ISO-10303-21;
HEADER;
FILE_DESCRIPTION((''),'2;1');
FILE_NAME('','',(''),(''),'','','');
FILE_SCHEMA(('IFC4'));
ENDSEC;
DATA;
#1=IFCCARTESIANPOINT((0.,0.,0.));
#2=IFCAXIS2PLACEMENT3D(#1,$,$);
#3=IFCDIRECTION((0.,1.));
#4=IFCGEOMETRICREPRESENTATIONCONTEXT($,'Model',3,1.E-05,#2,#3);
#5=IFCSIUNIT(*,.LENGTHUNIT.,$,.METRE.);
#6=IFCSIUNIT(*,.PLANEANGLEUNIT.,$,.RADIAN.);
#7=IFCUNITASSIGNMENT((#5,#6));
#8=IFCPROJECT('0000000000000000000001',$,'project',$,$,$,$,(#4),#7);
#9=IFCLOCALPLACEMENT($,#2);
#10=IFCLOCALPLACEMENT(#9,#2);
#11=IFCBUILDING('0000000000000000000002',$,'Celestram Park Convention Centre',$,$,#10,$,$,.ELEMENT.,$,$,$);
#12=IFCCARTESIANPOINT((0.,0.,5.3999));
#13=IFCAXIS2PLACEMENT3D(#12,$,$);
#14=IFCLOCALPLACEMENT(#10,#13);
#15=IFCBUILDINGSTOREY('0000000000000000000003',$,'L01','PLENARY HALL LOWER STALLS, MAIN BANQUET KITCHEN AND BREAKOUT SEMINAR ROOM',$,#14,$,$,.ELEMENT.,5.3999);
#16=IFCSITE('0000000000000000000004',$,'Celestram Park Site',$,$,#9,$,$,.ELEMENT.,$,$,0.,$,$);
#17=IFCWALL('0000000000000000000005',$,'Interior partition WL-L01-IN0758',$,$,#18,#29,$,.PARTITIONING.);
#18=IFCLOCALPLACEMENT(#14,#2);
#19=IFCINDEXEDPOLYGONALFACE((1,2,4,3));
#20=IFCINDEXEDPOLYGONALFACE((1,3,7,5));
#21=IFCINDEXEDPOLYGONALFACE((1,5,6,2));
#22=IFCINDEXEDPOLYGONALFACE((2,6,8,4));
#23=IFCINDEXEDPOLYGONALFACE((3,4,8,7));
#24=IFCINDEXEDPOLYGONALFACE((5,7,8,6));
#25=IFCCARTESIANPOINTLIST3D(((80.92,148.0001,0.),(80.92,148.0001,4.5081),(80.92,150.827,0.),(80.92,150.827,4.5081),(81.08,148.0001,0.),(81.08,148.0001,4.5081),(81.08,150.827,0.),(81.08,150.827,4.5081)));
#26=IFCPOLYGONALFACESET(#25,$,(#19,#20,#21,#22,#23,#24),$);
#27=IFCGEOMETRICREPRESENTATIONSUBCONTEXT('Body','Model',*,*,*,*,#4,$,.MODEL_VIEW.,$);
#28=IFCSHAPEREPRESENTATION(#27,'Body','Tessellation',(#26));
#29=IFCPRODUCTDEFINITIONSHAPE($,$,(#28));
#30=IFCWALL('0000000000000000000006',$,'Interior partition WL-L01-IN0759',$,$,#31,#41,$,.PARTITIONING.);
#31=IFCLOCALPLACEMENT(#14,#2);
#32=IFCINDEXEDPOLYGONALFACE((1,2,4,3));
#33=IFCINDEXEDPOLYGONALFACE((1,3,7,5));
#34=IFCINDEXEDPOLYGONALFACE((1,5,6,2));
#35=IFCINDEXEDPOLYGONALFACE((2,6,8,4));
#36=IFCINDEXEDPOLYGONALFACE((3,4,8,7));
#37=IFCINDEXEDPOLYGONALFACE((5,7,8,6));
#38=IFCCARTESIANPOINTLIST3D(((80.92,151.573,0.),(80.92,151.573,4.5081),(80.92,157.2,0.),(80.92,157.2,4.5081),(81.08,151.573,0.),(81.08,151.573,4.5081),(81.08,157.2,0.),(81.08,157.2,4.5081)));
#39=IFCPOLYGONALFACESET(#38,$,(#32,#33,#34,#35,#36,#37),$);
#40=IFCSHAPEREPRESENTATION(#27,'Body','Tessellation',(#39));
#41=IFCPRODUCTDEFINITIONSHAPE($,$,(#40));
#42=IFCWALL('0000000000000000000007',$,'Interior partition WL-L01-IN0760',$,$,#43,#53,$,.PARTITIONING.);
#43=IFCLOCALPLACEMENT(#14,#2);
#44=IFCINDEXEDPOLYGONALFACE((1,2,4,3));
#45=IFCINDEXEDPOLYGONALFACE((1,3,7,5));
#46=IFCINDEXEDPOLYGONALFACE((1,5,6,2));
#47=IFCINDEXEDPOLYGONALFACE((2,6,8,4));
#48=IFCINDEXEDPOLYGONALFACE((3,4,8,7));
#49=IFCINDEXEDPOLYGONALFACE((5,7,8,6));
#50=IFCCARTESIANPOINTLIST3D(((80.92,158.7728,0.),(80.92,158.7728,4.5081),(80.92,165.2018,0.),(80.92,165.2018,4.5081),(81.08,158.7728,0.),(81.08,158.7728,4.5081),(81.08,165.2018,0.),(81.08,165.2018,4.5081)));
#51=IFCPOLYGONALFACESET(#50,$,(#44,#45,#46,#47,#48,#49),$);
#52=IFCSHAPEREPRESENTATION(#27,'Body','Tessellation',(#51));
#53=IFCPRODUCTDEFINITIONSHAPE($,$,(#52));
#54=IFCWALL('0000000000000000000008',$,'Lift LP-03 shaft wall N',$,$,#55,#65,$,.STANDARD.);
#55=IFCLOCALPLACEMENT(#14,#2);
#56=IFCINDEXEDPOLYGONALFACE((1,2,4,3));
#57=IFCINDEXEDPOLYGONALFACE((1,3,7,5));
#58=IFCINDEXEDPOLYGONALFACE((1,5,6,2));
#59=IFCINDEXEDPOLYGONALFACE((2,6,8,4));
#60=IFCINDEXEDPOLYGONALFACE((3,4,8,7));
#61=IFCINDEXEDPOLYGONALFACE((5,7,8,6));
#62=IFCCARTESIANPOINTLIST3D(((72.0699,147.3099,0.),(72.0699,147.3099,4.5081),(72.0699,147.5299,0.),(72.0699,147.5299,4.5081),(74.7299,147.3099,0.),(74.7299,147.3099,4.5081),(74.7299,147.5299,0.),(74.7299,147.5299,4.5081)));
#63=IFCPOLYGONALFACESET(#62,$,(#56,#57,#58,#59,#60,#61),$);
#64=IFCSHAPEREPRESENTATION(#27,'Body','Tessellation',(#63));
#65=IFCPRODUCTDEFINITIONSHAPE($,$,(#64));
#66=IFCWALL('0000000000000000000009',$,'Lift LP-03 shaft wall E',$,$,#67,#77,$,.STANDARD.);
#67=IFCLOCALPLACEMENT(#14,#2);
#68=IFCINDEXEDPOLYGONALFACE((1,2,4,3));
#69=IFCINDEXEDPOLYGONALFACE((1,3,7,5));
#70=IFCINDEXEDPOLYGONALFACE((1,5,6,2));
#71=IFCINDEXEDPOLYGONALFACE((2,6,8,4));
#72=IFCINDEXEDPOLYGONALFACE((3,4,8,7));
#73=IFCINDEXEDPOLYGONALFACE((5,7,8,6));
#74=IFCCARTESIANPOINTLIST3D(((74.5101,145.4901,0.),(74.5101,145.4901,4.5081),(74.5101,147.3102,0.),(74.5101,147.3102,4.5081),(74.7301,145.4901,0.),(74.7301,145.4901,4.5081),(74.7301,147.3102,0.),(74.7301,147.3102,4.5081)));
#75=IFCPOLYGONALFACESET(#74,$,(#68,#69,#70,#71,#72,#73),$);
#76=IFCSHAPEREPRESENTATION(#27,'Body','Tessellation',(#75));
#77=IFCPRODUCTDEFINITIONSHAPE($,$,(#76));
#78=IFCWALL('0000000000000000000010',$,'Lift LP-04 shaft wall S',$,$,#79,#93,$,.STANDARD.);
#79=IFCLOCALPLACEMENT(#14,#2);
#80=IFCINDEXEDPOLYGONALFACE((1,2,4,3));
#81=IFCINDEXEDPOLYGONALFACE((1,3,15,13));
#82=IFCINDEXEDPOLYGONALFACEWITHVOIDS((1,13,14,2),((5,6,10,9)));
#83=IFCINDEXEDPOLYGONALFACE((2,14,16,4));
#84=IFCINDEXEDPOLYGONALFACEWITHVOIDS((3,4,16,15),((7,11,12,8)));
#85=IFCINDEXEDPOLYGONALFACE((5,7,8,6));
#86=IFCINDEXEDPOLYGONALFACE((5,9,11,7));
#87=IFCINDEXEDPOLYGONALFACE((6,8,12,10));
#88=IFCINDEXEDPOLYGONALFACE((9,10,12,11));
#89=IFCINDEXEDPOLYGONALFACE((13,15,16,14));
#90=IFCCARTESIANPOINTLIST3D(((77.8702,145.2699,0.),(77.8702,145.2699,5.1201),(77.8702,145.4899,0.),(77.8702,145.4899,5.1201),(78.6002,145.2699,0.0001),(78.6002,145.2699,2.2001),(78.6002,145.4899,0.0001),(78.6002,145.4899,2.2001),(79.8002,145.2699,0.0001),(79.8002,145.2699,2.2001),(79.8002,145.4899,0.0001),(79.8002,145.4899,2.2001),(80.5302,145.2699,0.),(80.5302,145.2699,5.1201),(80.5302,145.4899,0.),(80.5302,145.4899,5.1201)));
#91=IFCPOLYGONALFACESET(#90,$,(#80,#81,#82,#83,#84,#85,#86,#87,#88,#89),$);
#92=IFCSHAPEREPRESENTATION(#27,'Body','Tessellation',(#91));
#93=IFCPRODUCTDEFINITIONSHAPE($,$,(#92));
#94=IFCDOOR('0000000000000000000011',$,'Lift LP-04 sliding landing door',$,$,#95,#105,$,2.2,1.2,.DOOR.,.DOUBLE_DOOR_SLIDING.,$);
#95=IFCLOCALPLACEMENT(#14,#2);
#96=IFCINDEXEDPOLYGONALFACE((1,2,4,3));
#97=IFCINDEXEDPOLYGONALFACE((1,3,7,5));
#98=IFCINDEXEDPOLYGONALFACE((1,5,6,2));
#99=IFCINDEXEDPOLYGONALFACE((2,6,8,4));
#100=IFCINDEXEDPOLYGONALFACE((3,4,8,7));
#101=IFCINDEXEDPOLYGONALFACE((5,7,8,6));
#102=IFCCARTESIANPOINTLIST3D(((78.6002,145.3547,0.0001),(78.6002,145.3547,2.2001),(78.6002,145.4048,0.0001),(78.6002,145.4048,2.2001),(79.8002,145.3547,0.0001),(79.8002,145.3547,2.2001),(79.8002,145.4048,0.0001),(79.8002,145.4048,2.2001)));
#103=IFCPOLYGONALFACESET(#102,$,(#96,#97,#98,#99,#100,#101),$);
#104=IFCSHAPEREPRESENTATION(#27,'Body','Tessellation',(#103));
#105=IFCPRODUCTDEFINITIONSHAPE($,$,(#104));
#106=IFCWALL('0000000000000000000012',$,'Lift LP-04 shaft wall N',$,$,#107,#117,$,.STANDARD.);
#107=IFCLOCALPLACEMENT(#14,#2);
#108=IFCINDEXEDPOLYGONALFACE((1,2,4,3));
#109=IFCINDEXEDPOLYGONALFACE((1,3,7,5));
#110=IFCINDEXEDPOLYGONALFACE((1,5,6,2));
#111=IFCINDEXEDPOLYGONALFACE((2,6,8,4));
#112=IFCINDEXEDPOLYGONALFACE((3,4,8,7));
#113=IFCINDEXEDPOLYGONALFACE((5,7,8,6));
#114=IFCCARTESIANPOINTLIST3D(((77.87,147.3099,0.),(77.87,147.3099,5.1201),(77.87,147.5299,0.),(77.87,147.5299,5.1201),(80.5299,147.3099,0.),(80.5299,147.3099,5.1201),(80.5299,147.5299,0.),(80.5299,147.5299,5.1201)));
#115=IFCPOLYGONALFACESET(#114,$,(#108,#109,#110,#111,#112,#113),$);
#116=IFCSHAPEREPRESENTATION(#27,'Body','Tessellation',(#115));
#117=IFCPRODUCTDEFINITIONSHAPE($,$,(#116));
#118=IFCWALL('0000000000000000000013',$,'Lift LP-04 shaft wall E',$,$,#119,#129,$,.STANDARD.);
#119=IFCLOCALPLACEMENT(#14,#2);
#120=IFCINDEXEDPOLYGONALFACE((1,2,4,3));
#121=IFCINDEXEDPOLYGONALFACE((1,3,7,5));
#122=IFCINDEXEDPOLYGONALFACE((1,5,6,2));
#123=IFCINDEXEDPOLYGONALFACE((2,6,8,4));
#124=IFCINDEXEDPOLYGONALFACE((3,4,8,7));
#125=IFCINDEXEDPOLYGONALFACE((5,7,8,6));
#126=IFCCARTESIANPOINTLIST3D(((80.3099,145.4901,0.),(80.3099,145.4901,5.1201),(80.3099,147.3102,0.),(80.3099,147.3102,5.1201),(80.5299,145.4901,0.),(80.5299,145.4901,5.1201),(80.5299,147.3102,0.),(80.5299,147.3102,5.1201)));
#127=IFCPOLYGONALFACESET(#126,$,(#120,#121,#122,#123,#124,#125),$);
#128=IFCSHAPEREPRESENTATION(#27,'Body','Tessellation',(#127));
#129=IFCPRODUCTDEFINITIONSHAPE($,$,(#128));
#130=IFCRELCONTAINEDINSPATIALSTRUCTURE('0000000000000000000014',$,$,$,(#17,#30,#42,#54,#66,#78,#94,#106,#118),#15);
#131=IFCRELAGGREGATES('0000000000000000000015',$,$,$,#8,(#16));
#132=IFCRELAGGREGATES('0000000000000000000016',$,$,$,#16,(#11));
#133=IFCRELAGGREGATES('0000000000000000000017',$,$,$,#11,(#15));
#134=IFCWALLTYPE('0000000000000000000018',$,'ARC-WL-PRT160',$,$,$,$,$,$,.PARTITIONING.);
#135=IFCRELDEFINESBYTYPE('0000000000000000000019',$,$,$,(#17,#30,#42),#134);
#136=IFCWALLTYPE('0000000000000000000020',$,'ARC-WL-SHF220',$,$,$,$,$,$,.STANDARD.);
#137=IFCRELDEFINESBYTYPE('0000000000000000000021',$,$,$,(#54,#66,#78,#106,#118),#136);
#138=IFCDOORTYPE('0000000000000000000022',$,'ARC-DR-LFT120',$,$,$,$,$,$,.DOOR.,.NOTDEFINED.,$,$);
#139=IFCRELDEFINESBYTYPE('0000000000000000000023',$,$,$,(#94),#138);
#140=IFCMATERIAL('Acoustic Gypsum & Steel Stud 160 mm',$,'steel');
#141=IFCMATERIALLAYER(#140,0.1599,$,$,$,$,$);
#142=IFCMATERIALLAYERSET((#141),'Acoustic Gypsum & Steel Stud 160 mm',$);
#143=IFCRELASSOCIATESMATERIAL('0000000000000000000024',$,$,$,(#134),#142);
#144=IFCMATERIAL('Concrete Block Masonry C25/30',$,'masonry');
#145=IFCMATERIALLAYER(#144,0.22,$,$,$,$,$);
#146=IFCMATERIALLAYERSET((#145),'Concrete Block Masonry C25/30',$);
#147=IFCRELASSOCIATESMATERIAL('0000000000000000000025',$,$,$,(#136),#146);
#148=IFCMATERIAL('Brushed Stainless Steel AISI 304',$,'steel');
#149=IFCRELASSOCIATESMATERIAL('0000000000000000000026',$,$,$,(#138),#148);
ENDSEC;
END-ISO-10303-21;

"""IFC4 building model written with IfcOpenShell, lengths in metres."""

from ifc_helpers import new_model, si_unit, direction, frame, frame_2d, origin, place, context, subcontext, project, spatial, rectangle, extrude, material, layer, layer_set, type_object, element, fill, save


model = new_model("IFC4")

# Units and contexts
model_context = context("Model", 3, precision=1e-05, world=origin(), true_north=direction((0.0, 1.0)))
body_context = subcontext(model_context, "Body", "Model", "MODEL_VIEW")
ifc_project = project(units=[si_unit("LENGTHUNIT", "METRE"), si_unit("PLANEANGLEUNIT", "RADIAN")], contexts=[model_context])

# Site, building, storey
site_placement = place(None, origin())
site = spatial("IfcSite", under=ifc_project, at=site_placement, Name="Celestram Park Site", CompositionType="ELEMENT", RefElevation=0.0)
building_placement = place(site_placement, origin())
building = spatial("IfcBuilding", under=site, at=building_placement, Name="Celestram Park Convention Centre", CompositionType="ELEMENT")
storey_placement = place(building_placement, frame((0.0, 0.0, 5.3999)))
storey = spatial("IfcBuildingStorey", under=building, at=storey_placement, Name="L01", Description="PLENARY HALL LOWER STALLS, MAIN BANQUET KITCHEN AND BREAKOUT SEMINAR ROOM", CompositionType="ELEMENT", Elevation=5.3999)

# Walls
ifc_material_1 = material(Name="Acoustic Gypsum & Steel Stud 160 mm", Category="steel")
ifc_layer_1 = layer(ifc_material_1, 0.1599)
ifc_layer_set_1 = layer_set([ifc_layer_1], Name="Acoustic Gypsum & Steel Stud 160 mm")
wall_type_1 = type_object("IfcWallType", Name="ARC-WL-PRT160", PredefinedType="PARTITIONING", material=ifc_layer_set_1)
wall_1_placement = place(storey_placement, frame((81.0, 148.0, 0.0), z_axis=(0.0, 0.0, 1.0), x_axis=(0.0, 1.0, 0.0)))
element("IfcWall", 1, at=wall_1_placement, inside=storey, type_object=wall_type_1, Name="Interior partition WL-L01-IN0758", PredefinedType="PARTITIONING", context=body_context, shape_type="SweptSolid", body=[
    extrude(rectangle(XDim=2.8269, YDim=0.1599, at=frame_2d((1.4136, 0.0))), origin(), (0.0, 0.0, 1.0), 4.5081),
])
wall_2_placement = place(storey_placement, frame((81.0, 151.573, 0.0), z_axis=(0.0, 0.0, 1.0), x_axis=(0.0, 1.0, 0.0)))
element("IfcWall", 2, at=wall_2_placement, inside=storey, type_object=wall_type_1, Name="Interior partition WL-L01-IN0759", PredefinedType="PARTITIONING", context=body_context, shape_type="SweptSolid", body=[
    extrude(rectangle(XDim=5.627, YDim=0.1599, at=frame_2d((2.8135, 0.0))), origin(), (0.0, 0.0, 1.0), 4.5081),
])
wall_3_placement = place(storey_placement, frame((81.0, 158.7729, 0.0), z_axis=(0.0, 0.0, 1.0), x_axis=(0.0, 1.0, 0.0)))
element("IfcWall", 3, at=wall_3_placement, inside=storey, type_object=wall_type_1, Name="Interior partition WL-L01-IN0760", PredefinedType="PARTITIONING", context=body_context, shape_type="SweptSolid", body=[
    extrude(rectangle(XDim=6.429, YDim=0.1599, at=frame_2d((3.2144, 0.0))), origin(), (0.0, 0.0, 1.0), 4.5081),
])
ifc_material_2 = material(Name="Concrete Block Masonry C25/30", Category="masonry")
ifc_layer_2 = layer(ifc_material_2, 0.22)
ifc_layer_set_2 = layer_set([ifc_layer_2], Name="Concrete Block Masonry C25/30")
wall_type_2 = type_object("IfcWallType", Name="ARC-WL-SHF220", PredefinedType="STANDARD", material=ifc_layer_set_2)
wall_4_placement = place(storey_placement, frame((74.73, 147.4199, 0.0), z_axis=(0.0, 0.0, 1.0), x_axis=(-1.0, 0.0, 0.0)))
element("IfcWall", 4, at=wall_4_placement, inside=storey, type_object=wall_type_2, Name="Lift LP-03 shaft wall N", PredefinedType="STANDARD", context=body_context, shape_type="SweptSolid", body=[
    extrude(rectangle(XDim=2.6599, YDim=0.22, at=frame_2d((1.3301, 0.0))), origin(), (0.0, 0.0, 1.0), 4.5081),
])
wall_5_placement = place(storey_placement, frame((74.6201, 145.49, 0.0), z_axis=(0.0, 0.0, 1.0), x_axis=(0.0, 1.0, 0.0)))
element("IfcWall", 5, at=wall_5_placement, inside=storey, type_object=wall_type_2, Name="Lift LP-03 shaft wall E", PredefinedType="STANDARD", context=body_context, shape_type="SweptSolid", body=[
    extrude(rectangle(XDim=1.8201, YDim=0.22, at=frame_2d((0.9102, 0.0))), origin(), (0.0, 0.0, 1.0), 4.5081),
])

# Wall, opening, door
wall_6_placement = place(storey_placement, frame((77.8701, 145.3799, 0.0), z_axis=(0.0, 0.0, 1.0), x_axis=(1.0, 0.0, 0.0)))
wall_6 = element("IfcWall", 6, at=wall_6_placement, inside=storey, type_object=wall_type_2, Name="Lift LP-04 shaft wall S", PredefinedType="STANDARD", context=body_context, shape_type="SweptSolid", body=[
    extrude(rectangle(XDim=2.6599, YDim=0.22, at=frame_2d((1.3301, 0.0))), origin(), (0.0, 0.0, 1.0), 5.1201),
])
opening_placement = place(wall_6_placement, frame((0.73, 0.0, 0.0)))
opening = element("IfcOpeningElement", 7, at=opening_placement, cuts=wall_6, PredefinedType="OPENING", context=body_context, shape_type="SweptSolid", body=[
    extrude(rectangle(XDim=1.2, YDim=2.2, at=frame_2d((0.6001, 1.1001))), frame((0.0, 0.1199, 0.0), z_axis=(0.0, -1.0, 0.0), x_axis=(1.0, 0.0, 0.0)), (0.0, 0.0, 1.0), 0.24),
])
ifc_material_3 = material(Name="Brushed Stainless Steel AISI 304", Category="steel")
door_type = type_object("IfcDoorType", Name="ARC-DR-LFT120", OperationType="NOTDEFINED", PredefinedType="DOOR", material=ifc_material_3)
door_placement = place(opening_placement, origin())
door = element("IfcDoor", 8, at=door_placement, inside=storey, type_object=door_type, Name="Lift LP-04 sliding landing door", OperationType="DOUBLE_DOOR_SLIDING", OverallHeight=2.2, OverallWidth=1.2, PredefinedType="DOOR", context=body_context, shape_type="SweptSolid", body=[
    extrude(rectangle(XDim=1.2, YDim=2.2, at=frame_2d((0.6001, 1.1001))), frame((0.0, 0.0249, 0.0), z_axis=(0.0, -1.0, 0.0), x_axis=(1.0, 0.0, 0.0)), (0.0, 0.0, 1.0), 0.05),
])
fill(opening, door)

# Walls
wall_7_placement = place(storey_placement, frame((80.53, 147.4199, 0.0), z_axis=(0.0, 0.0, 1.0), x_axis=(-1.0, 0.0, 0.0)))
element("IfcWall", 9, at=wall_7_placement, inside=storey, type_object=wall_type_2, Name="Lift LP-04 shaft wall N", PredefinedType="STANDARD", context=body_context, shape_type="SweptSolid", body=[
    extrude(rectangle(XDim=2.6599, YDim=0.22, at=frame_2d((1.3301, 0.0))), origin(), (0.0, 0.0, 1.0), 5.1201),
])
for number, where, z_axis, x_axis, name in (
    (10, (80.4199, 145.49, 0.0), (0.0, 0.0, 1.0), (0.0, 1.0, 0.0), "Lift LP-04 shaft wall E"),
):
    element("IfcWall", number, at=place(storey_placement, frame(where, z_axis=z_axis, x_axis=x_axis)), inside=storey, type_object=wall_type_2, Name=name, PredefinedType="STANDARD", context=body_context, shape_type="SweptSolid", body=[
        extrude(rectangle(XDim=1.8201, YDim=0.22, at=frame_2d((0.9102, 0.0))), origin(), (0.0, 0.0, 1.0), 5.1201),
    ])

save(model, "model.ifc")
